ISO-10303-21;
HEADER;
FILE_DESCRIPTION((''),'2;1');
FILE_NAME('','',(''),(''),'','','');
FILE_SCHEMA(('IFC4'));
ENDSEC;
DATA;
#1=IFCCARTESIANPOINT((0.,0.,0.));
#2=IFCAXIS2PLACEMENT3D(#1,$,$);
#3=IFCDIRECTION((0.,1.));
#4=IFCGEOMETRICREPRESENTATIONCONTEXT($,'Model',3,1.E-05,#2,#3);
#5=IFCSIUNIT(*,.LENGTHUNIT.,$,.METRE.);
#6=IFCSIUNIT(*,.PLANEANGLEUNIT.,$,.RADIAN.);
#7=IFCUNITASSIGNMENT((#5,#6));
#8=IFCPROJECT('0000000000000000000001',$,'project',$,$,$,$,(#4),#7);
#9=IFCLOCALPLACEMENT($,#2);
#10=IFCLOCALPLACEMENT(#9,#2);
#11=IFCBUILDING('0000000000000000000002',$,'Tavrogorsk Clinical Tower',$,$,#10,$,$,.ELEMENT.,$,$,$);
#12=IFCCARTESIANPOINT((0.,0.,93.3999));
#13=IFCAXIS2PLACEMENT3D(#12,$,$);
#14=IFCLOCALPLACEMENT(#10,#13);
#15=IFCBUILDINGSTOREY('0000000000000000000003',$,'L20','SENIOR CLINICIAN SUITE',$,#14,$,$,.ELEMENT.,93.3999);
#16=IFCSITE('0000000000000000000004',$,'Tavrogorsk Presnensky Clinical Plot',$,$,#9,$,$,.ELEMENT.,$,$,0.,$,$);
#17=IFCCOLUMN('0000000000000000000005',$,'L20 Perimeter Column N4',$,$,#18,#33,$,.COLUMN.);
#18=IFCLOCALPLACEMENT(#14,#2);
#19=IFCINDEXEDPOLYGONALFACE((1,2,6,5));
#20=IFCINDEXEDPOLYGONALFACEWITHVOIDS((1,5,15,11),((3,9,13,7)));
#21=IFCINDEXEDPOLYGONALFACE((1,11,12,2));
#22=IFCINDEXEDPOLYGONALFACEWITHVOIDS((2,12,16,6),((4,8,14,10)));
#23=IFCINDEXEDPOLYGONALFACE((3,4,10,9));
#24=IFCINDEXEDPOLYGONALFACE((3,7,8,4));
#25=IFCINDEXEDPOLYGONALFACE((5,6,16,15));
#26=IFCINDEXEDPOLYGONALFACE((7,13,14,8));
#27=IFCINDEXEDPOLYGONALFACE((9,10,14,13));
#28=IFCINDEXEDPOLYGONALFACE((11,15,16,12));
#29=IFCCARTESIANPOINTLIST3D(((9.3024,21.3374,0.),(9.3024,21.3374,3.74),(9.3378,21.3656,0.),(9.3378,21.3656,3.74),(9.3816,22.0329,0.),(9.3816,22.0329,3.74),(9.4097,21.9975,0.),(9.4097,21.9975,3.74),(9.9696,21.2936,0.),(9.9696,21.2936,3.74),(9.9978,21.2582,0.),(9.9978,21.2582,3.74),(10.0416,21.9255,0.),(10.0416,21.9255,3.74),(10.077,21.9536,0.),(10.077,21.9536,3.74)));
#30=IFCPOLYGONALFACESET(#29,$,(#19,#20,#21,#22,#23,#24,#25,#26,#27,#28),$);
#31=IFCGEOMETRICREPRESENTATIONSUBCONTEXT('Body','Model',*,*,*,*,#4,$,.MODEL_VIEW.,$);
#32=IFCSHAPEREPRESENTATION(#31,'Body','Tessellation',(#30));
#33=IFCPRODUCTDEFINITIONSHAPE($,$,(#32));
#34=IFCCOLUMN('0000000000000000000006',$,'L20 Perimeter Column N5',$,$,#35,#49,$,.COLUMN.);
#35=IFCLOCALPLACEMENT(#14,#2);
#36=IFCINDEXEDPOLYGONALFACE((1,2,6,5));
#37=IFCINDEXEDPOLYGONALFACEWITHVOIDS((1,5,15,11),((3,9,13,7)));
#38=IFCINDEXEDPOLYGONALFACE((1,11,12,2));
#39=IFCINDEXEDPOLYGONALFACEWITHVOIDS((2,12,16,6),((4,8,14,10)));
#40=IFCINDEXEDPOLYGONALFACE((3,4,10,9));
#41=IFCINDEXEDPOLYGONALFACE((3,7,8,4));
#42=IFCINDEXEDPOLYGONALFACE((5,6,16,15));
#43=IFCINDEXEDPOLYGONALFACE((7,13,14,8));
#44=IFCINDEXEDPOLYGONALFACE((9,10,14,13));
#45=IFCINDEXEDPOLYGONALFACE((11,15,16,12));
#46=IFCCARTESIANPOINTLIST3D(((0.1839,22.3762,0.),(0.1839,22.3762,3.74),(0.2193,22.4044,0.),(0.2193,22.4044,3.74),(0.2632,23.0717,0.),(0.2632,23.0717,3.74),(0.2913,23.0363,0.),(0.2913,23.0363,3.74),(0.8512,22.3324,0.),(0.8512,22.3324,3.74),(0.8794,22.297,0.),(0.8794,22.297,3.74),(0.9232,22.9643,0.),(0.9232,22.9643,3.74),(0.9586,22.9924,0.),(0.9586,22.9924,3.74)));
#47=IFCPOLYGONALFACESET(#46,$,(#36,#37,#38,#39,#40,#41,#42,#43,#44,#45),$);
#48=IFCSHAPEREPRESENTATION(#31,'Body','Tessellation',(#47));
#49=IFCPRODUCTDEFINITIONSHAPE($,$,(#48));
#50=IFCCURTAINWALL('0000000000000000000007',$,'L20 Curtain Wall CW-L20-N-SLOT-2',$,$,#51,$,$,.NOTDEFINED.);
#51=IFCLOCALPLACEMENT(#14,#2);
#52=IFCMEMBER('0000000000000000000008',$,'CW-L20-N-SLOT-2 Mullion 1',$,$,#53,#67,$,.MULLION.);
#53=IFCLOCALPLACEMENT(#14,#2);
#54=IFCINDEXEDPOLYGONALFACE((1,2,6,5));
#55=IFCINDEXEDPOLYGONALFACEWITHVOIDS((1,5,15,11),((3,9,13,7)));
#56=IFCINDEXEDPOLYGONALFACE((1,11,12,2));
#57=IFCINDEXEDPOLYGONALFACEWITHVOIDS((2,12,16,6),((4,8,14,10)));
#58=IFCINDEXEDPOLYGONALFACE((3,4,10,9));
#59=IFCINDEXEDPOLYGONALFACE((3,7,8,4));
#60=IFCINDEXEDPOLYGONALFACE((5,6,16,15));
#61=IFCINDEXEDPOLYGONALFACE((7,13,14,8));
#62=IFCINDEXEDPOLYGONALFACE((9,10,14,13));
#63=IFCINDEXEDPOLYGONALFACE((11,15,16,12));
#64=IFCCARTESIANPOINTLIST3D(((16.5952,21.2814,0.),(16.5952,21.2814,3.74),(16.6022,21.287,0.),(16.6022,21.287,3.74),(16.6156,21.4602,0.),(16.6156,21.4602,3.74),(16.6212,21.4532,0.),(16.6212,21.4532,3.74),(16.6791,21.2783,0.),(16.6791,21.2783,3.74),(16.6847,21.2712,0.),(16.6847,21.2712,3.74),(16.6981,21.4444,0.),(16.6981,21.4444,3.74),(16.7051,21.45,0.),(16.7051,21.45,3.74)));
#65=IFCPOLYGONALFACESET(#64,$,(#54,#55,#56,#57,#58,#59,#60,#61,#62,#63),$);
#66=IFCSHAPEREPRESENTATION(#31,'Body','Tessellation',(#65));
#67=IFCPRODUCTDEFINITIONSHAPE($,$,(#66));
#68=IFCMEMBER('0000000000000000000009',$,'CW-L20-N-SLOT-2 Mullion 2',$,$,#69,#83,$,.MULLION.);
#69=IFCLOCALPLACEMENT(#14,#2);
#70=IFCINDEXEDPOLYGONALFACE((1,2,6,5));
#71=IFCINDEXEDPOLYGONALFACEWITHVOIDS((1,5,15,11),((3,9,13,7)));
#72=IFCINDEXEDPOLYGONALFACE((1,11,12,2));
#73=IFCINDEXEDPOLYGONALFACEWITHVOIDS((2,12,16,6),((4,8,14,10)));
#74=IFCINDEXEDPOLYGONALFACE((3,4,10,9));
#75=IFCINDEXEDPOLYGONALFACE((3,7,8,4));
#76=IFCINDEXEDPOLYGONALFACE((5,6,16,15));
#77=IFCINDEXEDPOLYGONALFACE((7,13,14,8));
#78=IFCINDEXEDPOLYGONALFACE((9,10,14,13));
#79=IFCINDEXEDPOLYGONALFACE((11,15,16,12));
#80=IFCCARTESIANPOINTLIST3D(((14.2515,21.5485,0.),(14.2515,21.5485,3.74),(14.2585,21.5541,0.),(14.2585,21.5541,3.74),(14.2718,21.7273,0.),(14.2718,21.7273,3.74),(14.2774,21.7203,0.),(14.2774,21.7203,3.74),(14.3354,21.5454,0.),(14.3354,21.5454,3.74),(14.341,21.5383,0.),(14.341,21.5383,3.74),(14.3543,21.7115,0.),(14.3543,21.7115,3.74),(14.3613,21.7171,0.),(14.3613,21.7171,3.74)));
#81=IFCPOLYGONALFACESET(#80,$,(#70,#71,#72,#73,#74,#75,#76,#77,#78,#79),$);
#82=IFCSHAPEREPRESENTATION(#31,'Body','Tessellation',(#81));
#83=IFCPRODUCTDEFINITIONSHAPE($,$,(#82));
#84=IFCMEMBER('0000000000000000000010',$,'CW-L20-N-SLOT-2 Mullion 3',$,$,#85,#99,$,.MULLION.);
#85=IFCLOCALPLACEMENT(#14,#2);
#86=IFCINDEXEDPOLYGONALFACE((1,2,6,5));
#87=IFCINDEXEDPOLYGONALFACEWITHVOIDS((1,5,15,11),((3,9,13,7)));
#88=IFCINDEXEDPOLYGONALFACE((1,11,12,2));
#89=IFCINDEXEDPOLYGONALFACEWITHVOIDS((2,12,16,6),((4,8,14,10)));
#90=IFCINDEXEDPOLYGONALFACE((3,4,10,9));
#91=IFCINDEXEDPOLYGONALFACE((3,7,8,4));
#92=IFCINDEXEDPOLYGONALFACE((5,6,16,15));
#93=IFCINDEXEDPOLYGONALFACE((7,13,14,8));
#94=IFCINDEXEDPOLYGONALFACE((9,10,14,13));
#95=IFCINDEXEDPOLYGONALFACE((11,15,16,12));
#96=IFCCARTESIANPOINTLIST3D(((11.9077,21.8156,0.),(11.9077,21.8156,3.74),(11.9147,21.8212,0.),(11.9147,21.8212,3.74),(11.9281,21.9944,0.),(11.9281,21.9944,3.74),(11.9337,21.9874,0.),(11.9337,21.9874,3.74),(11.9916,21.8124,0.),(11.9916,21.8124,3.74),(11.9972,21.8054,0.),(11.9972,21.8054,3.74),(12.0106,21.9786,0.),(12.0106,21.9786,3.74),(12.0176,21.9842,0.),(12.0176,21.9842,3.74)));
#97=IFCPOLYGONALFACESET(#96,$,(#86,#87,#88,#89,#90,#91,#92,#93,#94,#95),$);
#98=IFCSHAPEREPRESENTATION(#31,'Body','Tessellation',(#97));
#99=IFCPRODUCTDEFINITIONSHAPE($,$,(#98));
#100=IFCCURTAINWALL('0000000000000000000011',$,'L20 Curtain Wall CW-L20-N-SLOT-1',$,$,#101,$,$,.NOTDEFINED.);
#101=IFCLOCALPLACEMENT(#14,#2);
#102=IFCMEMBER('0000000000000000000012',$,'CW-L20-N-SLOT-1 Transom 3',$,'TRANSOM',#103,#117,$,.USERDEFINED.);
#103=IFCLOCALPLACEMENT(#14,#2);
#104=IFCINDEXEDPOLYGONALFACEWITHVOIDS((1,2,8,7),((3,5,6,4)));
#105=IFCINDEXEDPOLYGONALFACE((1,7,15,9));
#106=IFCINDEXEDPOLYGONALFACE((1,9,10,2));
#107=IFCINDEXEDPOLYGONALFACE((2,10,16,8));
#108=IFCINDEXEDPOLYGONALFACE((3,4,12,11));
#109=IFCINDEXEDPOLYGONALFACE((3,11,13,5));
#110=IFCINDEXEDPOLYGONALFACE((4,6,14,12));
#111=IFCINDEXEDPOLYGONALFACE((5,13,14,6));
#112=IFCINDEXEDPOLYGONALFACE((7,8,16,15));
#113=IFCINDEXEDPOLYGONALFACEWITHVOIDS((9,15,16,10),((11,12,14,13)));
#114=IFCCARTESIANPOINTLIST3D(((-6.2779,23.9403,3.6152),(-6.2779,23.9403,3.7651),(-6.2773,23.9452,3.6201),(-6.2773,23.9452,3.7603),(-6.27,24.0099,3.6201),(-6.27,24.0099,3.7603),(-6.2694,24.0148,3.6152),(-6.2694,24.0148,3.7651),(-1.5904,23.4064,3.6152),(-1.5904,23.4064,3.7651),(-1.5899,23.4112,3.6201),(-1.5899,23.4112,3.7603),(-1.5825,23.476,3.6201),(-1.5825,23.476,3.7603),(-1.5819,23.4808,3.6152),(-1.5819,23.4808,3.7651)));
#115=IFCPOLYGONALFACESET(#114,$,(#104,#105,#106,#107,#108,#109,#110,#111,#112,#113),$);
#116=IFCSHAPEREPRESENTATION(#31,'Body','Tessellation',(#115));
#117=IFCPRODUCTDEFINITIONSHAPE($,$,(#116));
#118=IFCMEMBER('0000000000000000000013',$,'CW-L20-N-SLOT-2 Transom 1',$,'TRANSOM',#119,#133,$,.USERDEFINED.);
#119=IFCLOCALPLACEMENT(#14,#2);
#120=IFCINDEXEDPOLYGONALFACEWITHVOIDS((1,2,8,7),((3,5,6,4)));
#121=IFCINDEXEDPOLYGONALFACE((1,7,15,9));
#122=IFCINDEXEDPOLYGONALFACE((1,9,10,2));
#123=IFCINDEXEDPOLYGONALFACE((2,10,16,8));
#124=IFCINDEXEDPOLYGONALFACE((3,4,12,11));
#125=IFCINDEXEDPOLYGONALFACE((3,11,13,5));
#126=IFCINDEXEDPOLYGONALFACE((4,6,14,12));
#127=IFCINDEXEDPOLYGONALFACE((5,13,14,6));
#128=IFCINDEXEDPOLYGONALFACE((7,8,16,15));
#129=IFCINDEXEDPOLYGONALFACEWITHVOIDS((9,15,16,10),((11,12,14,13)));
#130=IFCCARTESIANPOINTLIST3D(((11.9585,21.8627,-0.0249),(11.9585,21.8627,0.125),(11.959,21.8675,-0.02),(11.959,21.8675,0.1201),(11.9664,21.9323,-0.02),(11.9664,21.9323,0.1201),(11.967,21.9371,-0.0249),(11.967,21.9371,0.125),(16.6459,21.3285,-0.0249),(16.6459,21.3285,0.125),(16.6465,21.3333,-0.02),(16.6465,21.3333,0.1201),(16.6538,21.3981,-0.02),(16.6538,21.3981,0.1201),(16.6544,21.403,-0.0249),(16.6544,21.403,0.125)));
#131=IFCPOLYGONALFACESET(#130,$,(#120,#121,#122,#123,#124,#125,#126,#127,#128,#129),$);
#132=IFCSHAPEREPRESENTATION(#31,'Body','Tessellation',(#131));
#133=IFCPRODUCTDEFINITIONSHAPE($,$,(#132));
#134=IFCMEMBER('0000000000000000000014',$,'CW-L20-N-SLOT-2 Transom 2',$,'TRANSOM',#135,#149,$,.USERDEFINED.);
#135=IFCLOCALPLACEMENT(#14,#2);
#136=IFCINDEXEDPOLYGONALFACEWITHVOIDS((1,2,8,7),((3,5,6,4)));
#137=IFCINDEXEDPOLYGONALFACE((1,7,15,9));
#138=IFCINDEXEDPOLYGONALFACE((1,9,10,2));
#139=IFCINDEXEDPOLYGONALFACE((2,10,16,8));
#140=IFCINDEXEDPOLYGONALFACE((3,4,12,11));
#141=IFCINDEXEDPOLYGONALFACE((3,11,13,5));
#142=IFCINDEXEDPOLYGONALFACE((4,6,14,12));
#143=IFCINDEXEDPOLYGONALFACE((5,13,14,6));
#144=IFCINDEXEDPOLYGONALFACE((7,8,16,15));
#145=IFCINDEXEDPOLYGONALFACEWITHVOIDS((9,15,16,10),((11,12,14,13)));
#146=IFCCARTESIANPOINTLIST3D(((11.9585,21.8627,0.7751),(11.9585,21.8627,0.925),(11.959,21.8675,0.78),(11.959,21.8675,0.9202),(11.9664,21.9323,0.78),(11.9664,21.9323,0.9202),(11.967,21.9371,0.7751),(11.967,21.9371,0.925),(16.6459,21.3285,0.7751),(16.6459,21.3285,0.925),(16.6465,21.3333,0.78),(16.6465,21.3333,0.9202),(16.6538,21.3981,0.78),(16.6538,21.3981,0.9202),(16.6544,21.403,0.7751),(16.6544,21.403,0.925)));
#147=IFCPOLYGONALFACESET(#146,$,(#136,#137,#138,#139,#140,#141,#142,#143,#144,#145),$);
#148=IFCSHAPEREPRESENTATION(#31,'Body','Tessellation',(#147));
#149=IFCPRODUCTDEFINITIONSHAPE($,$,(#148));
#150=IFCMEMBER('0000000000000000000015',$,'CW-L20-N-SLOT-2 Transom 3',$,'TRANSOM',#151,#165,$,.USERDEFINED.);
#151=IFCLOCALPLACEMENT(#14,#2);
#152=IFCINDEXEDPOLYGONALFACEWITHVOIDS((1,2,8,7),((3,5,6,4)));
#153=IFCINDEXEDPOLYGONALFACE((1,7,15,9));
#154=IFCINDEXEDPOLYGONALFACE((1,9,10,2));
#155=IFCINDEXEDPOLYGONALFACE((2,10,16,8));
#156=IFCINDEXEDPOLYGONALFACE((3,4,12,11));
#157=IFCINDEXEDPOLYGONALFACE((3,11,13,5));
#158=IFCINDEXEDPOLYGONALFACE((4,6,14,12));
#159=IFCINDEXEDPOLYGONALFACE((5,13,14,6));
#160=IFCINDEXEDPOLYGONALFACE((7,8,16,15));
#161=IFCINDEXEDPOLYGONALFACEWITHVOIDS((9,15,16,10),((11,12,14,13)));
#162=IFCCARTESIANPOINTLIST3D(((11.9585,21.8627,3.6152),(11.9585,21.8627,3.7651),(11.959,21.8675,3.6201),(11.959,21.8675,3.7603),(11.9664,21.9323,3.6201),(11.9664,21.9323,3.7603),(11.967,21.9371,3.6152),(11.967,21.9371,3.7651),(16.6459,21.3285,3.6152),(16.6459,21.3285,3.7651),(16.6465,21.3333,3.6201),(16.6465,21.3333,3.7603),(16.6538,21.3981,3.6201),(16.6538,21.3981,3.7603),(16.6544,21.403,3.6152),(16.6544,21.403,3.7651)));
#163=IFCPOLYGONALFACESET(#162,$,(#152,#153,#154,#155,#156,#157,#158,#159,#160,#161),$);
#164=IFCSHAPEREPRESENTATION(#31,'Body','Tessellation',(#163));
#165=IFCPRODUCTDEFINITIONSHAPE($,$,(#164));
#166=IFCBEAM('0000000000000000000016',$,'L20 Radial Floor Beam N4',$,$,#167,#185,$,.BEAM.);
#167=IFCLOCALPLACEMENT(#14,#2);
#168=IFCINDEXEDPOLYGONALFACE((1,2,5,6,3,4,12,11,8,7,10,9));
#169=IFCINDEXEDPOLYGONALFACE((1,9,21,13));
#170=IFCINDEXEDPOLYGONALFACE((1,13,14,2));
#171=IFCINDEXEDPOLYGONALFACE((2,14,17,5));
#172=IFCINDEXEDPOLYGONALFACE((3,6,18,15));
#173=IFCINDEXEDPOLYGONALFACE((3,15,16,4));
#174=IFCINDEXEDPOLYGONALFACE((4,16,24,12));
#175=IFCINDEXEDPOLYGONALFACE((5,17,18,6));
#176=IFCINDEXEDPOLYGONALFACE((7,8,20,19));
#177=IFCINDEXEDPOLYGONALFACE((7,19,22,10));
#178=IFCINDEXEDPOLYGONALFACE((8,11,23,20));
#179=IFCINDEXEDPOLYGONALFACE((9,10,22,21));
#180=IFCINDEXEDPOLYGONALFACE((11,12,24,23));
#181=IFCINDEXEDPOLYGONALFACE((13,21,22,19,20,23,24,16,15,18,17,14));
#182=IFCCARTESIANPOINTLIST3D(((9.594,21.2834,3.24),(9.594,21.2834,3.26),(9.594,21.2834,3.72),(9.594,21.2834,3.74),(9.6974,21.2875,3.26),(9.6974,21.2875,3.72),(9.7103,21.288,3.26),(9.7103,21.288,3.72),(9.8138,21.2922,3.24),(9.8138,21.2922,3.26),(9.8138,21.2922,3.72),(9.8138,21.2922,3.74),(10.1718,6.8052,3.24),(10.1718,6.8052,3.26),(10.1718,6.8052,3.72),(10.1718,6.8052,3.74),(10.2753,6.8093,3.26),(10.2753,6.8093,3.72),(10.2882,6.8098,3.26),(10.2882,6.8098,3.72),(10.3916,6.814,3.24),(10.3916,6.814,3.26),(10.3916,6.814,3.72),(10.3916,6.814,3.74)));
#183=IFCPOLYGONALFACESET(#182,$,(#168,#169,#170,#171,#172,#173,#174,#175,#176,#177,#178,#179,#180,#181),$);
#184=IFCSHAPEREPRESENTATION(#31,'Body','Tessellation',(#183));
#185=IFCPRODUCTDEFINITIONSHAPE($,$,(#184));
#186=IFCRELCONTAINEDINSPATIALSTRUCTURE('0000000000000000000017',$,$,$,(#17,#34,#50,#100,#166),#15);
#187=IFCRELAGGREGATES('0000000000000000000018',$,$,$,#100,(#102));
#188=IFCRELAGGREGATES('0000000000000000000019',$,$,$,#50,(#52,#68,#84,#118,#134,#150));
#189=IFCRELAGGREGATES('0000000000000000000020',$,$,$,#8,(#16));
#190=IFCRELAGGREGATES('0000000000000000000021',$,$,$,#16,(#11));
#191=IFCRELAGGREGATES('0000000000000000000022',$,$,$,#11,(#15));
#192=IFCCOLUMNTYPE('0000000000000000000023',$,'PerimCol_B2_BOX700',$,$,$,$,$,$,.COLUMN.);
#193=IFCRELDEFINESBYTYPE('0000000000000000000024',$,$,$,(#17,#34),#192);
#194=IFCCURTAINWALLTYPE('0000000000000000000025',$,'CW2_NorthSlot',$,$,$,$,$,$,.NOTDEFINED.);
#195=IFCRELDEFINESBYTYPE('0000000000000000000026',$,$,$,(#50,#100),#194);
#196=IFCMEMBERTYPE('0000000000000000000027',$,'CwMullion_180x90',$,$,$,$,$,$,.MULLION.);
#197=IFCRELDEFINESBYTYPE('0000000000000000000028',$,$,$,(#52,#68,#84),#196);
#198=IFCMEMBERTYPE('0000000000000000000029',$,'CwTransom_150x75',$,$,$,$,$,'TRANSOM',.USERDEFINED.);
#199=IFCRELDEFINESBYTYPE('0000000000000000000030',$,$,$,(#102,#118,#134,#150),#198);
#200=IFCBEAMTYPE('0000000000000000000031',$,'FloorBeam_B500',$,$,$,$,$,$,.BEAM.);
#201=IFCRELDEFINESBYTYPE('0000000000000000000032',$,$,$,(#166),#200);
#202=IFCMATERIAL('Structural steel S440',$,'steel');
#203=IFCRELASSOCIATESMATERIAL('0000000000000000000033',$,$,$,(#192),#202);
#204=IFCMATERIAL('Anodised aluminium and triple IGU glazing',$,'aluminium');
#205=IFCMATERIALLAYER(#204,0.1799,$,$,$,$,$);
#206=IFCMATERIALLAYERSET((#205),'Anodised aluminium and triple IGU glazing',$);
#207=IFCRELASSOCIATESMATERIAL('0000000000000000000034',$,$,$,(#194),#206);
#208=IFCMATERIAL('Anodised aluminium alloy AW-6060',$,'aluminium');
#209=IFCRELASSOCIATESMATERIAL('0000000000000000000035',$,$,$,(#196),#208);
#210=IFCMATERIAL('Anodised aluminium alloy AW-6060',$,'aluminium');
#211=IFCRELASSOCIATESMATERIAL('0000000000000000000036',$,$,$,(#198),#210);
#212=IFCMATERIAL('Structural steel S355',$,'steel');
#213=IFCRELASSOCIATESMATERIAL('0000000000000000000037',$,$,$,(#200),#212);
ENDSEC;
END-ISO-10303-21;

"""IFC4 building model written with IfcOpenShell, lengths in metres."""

from ifc_helpers import new_model, si_unit, direction, frame, origin, origin_2d, place, context, subcontext, project, spatial, hollow_rectangle, i_section, extrude, material, layer, layer_set, material_profile, profile_set, type_object, element, aggregate, save


model = new_model("IFC4")

# Units and contexts
model_context = context("Model", 3, precision=1e-05, world=origin(), true_north=direction((0.0, 1.0)))
body_context = subcontext(model_context, "Body", "Model", "MODEL_VIEW")
ifc_project = project(units=[si_unit("LENGTHUNIT", "METRE"), si_unit("PLANEANGLEUNIT", "RADIAN")], contexts=[model_context])

# Site, building, storey
site_placement = place(None, origin())
site = spatial("IfcSite", under=ifc_project, at=site_placement, Name="Tavrogorsk Presnensky Clinical Plot", CompositionType="ELEMENT", RefElevation=0.0)
building_placement = place(site_placement, origin())
building = spatial("IfcBuilding", under=site, at=building_placement, Name="Tavrogorsk Clinical Tower", CompositionType="ELEMENT")
storey_placement = place(building_placement, frame((0.0, 0.0, 93.3999)))
storey = spatial("IfcBuildingStorey", under=building, at=storey_placement, Name="L20", Description="SENIOR CLINICIAN SUITE", CompositionType="ELEMENT", Elevation=93.3999)

# Columns
ifc_material_1 = material(Name="Structural steel S440", Category="steel")
ifc_material_profile_1 = material_profile(ifc_material_1, hollow_rectangle(XDim=0.7, YDim=0.7, WallThickness=0.032, at=origin_2d()), Name="BOX-700x700x32")
ifc_profile_set_1 = profile_set([ifc_material_profile_1], Name="Structural steel S440")
column_type = type_object("IfcColumnType", Name="PerimCol_B2_BOX700", PredefinedType="COLUMN", material=ifc_profile_set_1)
for number, where, z_axis, x_axis, name in (
    (1, (9.6897, 21.6455, 0.0), (0.0, 0.0, 1.0), (0.993572, -0.113203, 0.0), "L20 Perimeter Column N4"),
    (2, (0.5713, 22.6843, 0.0), (0.0, 0.0, 1.0), (0.993572, -0.113203, 0.0), "L20 Perimeter Column N5"),
):
    element("IfcColumn", number, at=place(storey_placement, frame(where, z_axis=z_axis, x_axis=x_axis)), inside=storey, type_object=column_type, Name=name, PredefinedType="COLUMN", context=body_context, shape_type="SweptSolid", body=[
        extrude(hollow_rectangle(XDim=0.7, YDim=0.7, WallThickness=0.032, at=origin_2d()), origin(), (0.0, 0.0, 1.0), 3.74),
    ])

# Curtain wall, members
ifc_material_2 = material(Name="Anodised aluminium and triple IGU glazing", Category="aluminium")
ifc_layer_1 = layer(ifc_material_2, 0.1799)
ifc_layer_set_1 = layer_set([ifc_layer_1], Name="Anodised aluminium and triple IGU glazing")
curtain_wall_type = type_object("IfcCurtainWallType", Name="CW2_NorthSlot", PredefinedType="NOTDEFINED", material=ifc_layer_set_1)
curtain_wall_1_placement = place(storey_placement, origin())
curtain_wall_1 = element("IfcCurtainWall", 3, at=curtain_wall_1_placement, inside=storey, type_object=curtain_wall_type, Name="L20 Curtain Wall CW-L20-N-SLOT-2", PredefinedType="NOTDEFINED")
ifc_material_3 = material(Name="Anodised aluminium alloy AW-6060", Category="aluminium")
ifc_material_profile_2 = material_profile(ifc_material_3, hollow_rectangle(XDim=0.0901, YDim=0.1799, WallThickness=0.0063, at=origin_2d()), Name="RHS-180x90x6.3")
ifc_profile_set_2 = profile_set([ifc_material_profile_2], Name="Anodised aluminium alloy AW-6060")
member_type_1 = type_object("IfcMemberType", Name="CwMullion_180x90", PredefinedType="MULLION", material=ifc_profile_set_2)
member_1_placement = place(storey_placement, frame((16.6501, 21.3657, 0.0), z_axis=(0.0, 0.0, 1.0), x_axis=(-0.993572, 0.113203, 0.0)))
member_1 = element("IfcMember", 4, at=member_1_placement, type_object=member_type_1, Name="CW-L20-N-SLOT-2 Mullion 1", PredefinedType="MULLION", context=body_context, shape_type="SweptSolid", body=[
    extrude(hollow_rectangle(XDim=0.0901, YDim=0.1799, WallThickness=0.0063, at=origin_2d()), origin(), (0.0, 0.0, 1.0), 3.74),
])
member_2_placement = place(storey_placement, frame((14.3064, 21.6328, 0.0), z_axis=(0.0, 0.0, 1.0), x_axis=(-0.993572, 0.113203, 0.0)))
member_2 = element("IfcMember", 5, at=member_2_placement, type_object=member_type_1, Name="CW-L20-N-SLOT-2 Mullion 2", PredefinedType="MULLION", context=body_context, shape_type="SweptSolid", body=[
    extrude(hollow_rectangle(XDim=0.0901, YDim=0.1799, WallThickness=0.0063, at=origin_2d()), origin(), (0.0, 0.0, 1.0), 3.74),
])
member_3_placement = place(storey_placement, frame((11.9626, 21.8999, 0.0), z_axis=(0.0, 0.0, 1.0), x_axis=(-0.993572, 0.113203, 0.0)))
member_3 = element("IfcMember", 6, at=member_3_placement, type_object=member_type_1, Name="CW-L20-N-SLOT-2 Mullion 3", PredefinedType="MULLION", context=body_context, shape_type="SweptSolid", body=[
    extrude(hollow_rectangle(XDim=0.0901, YDim=0.1799, WallThickness=0.0063, at=origin_2d()), origin(), (0.0, 0.0, 1.0), 3.74),
])

# Curtain wall, member
curtain_wall_2_placement = place(storey_placement, origin())
curtain_wall_2 = element("IfcCurtainWall", 7, at=curtain_wall_2_placement, inside=storey, type_object=curtain_wall_type, Name="L20 Curtain Wall CW-L20-N-SLOT-1", PredefinedType="NOTDEFINED")
ifc_material_4 = material(Name="Anodised aluminium alloy AW-6060", Category="aluminium")
ifc_material_profile_3 = material_profile(ifc_material_4, hollow_rectangle(XDim=0.075, YDim=0.1499, WallThickness=0.0049, at=origin_2d()), Name="RHS-150x75x5")
ifc_profile_set_3 = profile_set([ifc_material_profile_3], Name="Anodised aluminium alloy AW-6060")
member_type_2 = type_object("IfcMemberType", Name="CwTransom_150x75", ElementType="TRANSOM", PredefinedType="USERDEFINED", material=ifc_profile_set_3)
member_4_placement = place(storey_placement, frame((-1.5862, 23.4436, 3.6902), z_axis=(-0.993575, 0.113174, 0.0), x_axis=(-0.113174, -0.993575, 0.0)))
member_4 = element("IfcMember", 8, at=member_4_placement, type_object=member_type_2, Name="CW-L20-N-SLOT-1 Transom 3", ObjectType="TRANSOM", PredefinedType="USERDEFINED", context=body_context, shape_type="SweptSolid", body=[
    extrude(hollow_rectangle(XDim=0.075, YDim=0.1499, WallThickness=0.0049, at=origin_2d()), origin(), (0.0, 0.0, 1.0), 4.7178),
])
aggregate(curtain_wall_2, [member_4])

# Members
member_5_placement = place(storey_placement, frame((16.6501, 21.3657, 0.05), z_axis=(-0.993569, 0.113226, 0.0), x_axis=(-0.113226, -0.993569, 0.0)))
member_5 = element("IfcMember", 9, at=member_5_placement, type_object=member_type_2, Name="CW-L20-N-SLOT-2 Transom 1", ObjectType="TRANSOM", PredefinedType="USERDEFINED", context=body_context, shape_type="SweptSolid", body=[
    extrude(hollow_rectangle(XDim=0.075, YDim=0.1499, WallThickness=0.0049, at=origin_2d()), origin(), (0.0, 0.0, 1.0), 4.7178),
])
member_6_placement = place(storey_placement, frame((16.6501, 21.3657, 0.8501), z_axis=(-0.993569, 0.113226, 0.0), x_axis=(-0.113226, -0.993569, 0.0)))
member_6 = element("IfcMember", 10, at=member_6_placement, type_object=member_type_2, Name="CW-L20-N-SLOT-2 Transom 2", ObjectType="TRANSOM", PredefinedType="USERDEFINED", context=body_context, shape_type="SweptSolid", body=[
    extrude(hollow_rectangle(XDim=0.075, YDim=0.1499, WallThickness=0.0049, at=origin_2d()), origin(), (0.0, 0.0, 1.0), 4.7178),
])
member_7_placement = place(storey_placement, frame((16.6501, 21.3657, 3.6902), z_axis=(-0.993569, 0.113226, 0.0), x_axis=(-0.113226, -0.993569, 0.0)))
member_7 = element("IfcMember", 11, at=member_7_placement, type_object=member_type_2, Name="CW-L20-N-SLOT-2 Transom 3", ObjectType="TRANSOM", PredefinedType="USERDEFINED", context=body_context, shape_type="SweptSolid", body=[
    extrude(hollow_rectangle(XDim=0.075, YDim=0.1499, WallThickness=0.0049, at=origin_2d()), origin(), (0.0, 0.0, 1.0), 4.7178),
])

# Beam
ifc_material_5 = material(Name="Structural steel S355", Category="steel")
ifc_material_profile_4 = material_profile(ifc_material_5, i_section(OverallWidth=0.22, OverallDepth=0.5, WebThickness=0.0129, FlangeThickness=0.02, at=origin_2d()), Name="B-500x220x13x20")
ifc_profile_set_4 = profile_set([ifc_material_profile_4], Name="Structural steel S355")
beam_type_1 = type_object("IfcBeamType", Name="FloorBeam_B500", PredefinedType="BEAM", material=ifc_profile_set_4)
beam_placement = place(storey_placement, frame((10.2817, 6.8096, 3.49), z_axis=(-0.039882, 0.999204, 0.0), x_axis=(-0.999204, -0.039882, 0.0)))
element("IfcBeam", 12, at=beam_placement, inside=storey, type_object=beam_type_1, Name="L20 Radial Floor Beam N4", PredefinedType="BEAM", context=body_context, shape_type="SweptSolid", body=[
    extrude(i_section(OverallWidth=0.22, OverallDepth=0.5, WebThickness=0.0129, FlangeThickness=0.02, at=origin_2d()), origin(), (0.0, 0.0, 1.0), 14.4897),
])

aggregate(curtain_wall_1, [member_1, member_2, member_3, member_5, member_6, member_7])

save(model, "model.ifc")
